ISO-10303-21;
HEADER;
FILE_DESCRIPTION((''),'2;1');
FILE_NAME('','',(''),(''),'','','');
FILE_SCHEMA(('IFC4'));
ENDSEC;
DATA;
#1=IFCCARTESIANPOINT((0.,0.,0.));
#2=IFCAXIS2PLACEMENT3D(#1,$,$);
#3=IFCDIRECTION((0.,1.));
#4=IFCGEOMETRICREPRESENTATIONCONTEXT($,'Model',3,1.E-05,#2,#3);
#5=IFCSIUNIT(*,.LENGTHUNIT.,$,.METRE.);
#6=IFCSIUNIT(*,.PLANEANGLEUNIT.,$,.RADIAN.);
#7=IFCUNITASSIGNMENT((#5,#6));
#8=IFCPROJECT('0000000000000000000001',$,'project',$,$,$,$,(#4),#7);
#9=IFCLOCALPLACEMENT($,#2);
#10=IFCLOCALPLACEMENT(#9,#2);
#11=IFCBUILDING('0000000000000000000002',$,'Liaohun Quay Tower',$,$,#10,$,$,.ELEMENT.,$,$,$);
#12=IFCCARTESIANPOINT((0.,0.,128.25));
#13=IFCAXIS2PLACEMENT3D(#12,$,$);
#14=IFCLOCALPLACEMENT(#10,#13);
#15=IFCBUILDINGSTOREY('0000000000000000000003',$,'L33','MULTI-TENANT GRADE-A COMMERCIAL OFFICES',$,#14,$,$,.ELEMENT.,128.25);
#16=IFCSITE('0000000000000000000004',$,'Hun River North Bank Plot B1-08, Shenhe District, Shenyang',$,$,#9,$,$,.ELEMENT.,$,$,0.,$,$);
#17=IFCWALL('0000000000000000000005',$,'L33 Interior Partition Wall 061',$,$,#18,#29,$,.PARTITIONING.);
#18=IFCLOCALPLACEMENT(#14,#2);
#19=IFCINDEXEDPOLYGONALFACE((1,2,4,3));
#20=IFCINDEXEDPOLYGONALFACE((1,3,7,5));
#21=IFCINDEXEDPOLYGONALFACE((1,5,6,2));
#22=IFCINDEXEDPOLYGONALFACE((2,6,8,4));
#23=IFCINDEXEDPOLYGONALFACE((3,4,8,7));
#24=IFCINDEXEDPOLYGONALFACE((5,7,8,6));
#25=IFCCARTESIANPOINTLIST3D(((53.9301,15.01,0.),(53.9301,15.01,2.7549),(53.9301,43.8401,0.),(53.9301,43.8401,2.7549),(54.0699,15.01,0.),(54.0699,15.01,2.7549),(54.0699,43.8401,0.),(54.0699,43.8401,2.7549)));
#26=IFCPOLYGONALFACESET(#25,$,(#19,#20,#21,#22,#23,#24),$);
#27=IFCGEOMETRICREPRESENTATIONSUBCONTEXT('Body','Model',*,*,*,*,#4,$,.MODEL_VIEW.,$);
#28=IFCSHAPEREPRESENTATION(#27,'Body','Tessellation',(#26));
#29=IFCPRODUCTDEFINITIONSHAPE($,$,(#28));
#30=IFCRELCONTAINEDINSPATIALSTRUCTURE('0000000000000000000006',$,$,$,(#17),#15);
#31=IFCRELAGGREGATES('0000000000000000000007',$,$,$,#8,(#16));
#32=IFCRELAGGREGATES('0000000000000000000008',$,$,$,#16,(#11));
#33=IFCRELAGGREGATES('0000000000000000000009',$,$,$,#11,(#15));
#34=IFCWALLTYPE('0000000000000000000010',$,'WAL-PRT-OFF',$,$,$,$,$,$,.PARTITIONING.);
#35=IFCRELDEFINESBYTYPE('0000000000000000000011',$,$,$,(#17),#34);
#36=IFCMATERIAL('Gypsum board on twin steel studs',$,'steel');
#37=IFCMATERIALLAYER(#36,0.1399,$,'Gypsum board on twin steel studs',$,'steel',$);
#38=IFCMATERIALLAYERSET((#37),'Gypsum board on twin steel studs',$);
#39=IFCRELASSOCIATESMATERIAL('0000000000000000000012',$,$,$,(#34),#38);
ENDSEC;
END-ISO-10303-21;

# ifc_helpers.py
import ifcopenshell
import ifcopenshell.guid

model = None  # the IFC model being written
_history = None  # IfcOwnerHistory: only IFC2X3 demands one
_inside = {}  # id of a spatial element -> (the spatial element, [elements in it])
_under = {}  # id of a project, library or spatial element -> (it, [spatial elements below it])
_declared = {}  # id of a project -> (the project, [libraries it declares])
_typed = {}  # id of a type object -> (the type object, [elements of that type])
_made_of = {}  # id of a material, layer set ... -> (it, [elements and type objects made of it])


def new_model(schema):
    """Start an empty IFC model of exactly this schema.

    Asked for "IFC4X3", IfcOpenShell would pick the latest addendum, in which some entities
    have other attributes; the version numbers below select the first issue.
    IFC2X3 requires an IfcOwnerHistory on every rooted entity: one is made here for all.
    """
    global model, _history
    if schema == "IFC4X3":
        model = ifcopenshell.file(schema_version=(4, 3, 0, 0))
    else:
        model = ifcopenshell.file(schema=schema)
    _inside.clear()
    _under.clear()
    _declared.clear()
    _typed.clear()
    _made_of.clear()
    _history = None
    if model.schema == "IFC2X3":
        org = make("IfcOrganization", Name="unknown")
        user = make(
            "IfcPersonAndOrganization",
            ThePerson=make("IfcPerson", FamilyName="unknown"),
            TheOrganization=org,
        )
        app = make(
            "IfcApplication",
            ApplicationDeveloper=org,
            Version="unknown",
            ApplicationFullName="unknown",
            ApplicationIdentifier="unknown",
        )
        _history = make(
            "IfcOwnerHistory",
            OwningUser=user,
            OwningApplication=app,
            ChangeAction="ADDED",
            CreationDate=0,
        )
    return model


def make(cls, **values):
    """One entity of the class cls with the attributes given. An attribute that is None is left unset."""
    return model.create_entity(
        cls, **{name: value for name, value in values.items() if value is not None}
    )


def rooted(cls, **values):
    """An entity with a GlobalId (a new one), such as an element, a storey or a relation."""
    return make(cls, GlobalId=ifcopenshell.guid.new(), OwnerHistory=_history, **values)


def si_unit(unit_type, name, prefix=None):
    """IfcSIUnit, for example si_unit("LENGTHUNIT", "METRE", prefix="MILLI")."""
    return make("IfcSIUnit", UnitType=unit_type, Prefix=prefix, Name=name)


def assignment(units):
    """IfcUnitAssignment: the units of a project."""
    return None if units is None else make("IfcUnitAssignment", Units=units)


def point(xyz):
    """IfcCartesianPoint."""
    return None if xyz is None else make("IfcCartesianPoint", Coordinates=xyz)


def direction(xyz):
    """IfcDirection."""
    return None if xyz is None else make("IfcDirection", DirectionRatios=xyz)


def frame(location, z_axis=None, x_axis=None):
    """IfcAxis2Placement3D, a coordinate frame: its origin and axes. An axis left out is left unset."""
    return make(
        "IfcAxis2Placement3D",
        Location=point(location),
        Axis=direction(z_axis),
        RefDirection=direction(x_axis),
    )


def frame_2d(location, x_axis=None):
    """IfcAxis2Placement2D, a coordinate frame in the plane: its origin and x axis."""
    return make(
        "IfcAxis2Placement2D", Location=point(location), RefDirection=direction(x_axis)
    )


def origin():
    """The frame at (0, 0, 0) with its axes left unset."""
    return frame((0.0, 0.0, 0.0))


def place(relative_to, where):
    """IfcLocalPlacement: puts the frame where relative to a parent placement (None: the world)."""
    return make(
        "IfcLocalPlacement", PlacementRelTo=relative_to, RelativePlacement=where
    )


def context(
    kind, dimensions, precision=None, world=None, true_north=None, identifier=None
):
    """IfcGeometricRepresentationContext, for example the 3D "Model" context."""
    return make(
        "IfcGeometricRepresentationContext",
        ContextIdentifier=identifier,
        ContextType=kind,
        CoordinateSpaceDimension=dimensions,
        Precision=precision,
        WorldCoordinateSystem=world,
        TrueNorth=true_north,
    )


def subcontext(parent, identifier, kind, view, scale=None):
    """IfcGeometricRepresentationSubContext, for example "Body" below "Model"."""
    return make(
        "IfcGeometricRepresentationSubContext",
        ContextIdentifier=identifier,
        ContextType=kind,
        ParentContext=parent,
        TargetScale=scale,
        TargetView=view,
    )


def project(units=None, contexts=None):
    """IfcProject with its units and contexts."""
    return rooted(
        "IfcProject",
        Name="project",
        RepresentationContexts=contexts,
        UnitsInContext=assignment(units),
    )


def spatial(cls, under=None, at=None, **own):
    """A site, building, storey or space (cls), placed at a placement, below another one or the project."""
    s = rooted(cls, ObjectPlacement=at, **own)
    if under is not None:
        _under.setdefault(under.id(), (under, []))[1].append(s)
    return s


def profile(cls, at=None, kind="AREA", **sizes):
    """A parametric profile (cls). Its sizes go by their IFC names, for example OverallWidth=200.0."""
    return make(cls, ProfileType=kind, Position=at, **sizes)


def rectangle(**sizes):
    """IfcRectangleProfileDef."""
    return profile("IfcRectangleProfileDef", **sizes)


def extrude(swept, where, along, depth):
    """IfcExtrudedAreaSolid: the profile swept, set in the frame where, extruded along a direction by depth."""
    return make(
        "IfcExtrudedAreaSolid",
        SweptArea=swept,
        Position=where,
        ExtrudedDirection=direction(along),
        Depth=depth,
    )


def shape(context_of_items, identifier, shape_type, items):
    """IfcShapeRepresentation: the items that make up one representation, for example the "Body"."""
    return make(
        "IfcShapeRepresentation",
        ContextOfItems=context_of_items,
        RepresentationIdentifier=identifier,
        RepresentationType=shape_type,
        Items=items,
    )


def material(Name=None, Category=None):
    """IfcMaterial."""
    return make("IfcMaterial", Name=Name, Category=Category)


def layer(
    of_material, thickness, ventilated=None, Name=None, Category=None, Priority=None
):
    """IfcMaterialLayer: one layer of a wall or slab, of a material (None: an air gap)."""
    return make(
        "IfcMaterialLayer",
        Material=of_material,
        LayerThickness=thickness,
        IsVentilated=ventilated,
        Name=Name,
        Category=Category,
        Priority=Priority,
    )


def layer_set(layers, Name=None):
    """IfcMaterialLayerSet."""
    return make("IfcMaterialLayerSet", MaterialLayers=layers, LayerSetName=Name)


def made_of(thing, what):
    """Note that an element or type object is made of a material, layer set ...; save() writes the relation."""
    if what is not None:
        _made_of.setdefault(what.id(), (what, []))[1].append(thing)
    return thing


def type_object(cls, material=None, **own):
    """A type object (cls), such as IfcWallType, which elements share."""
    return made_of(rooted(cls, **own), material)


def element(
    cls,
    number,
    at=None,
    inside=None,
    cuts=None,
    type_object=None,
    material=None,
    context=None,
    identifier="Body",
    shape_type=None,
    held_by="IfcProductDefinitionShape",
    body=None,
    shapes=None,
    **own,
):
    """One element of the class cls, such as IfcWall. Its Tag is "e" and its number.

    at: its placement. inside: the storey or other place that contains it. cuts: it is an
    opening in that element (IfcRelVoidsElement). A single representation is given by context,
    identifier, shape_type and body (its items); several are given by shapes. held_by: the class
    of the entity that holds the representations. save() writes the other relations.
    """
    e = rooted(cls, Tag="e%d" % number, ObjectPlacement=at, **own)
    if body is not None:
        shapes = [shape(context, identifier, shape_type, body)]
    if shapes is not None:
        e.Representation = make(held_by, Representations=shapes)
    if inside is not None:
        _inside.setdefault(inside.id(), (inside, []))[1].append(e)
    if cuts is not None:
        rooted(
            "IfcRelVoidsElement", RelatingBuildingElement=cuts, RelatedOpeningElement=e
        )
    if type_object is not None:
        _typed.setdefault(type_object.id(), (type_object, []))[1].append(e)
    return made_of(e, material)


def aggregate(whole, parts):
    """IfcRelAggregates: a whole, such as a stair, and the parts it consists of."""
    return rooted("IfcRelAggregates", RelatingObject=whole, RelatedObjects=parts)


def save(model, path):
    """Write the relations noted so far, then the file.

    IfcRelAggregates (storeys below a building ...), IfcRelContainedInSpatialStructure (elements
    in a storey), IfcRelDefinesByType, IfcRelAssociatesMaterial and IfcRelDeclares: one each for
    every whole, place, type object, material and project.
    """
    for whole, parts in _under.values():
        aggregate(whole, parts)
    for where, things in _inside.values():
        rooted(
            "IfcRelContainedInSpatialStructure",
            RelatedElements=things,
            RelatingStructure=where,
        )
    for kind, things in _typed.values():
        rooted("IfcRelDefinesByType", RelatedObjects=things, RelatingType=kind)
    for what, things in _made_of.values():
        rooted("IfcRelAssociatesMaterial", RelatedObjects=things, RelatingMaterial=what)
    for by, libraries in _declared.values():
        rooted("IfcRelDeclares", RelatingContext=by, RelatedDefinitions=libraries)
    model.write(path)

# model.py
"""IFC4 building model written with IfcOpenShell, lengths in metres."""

from ifc_helpers import new_model, si_unit, direction, frame, frame_2d, origin, place, context, subcontext, project, spatial, rectangle, extrude, material, layer, layer_set, type_object, element, save


model = new_model("IFC4")

# Units and contexts
model_context = context("Model", 3, precision=1e-05, world=origin(), true_north=direction((0.0, 1.0)))
body_context = subcontext(model_context, "Body", "Model", "MODEL_VIEW")
ifc_project = project(units=[si_unit("LENGTHUNIT", "METRE"), si_unit("PLANEANGLEUNIT", "RADIAN")], contexts=[model_context])

# Site, building, storey
site_placement = place(None, origin())
site = spatial("IfcSite", under=ifc_project, at=site_placement, Name="Hun River North Bank Plot B1-08, Shenhe District, Shenyang", CompositionType="ELEMENT", RefElevation=0.0)
building_placement = place(site_placement, origin())
building = spatial("IfcBuilding", under=site, at=building_placement, Name="Liaohun Quay Tower", CompositionType="ELEMENT")
storey_placement = place(building_placement, frame((0.0, 0.0, 128.25)))
storey = spatial("IfcBuildingStorey", under=building, at=storey_placement, Name="L33", Description="MULTI-TENANT GRADE-A COMMERCIAL OFFICES", CompositionType="ELEMENT", Elevation=128.25)

# Wall
ifc_material_1 = material(Name="Gypsum board on twin steel studs", Category="steel")
ifc_layer_1 = layer(ifc_material_1, 0.1399, Name="Gypsum board on twin steel studs", Category="steel")
ifc_layer_set_1 = layer_set([ifc_layer_1], Name="Gypsum board on twin steel studs")
wall_type_1 = type_object("IfcWallType", Name="WAL-PRT-OFF", PredefinedType="PARTITIONING", material=ifc_layer_set_1)
wall_1_placement = place(storey_placement, frame((54.0, 43.8401, 0.0), z_axis=(0.0, 0.0, 1.0), x_axis=(0.0, -1.0, 0.0)))
element("IfcWall", 1, at=wall_1_placement, inside=storey, type_object=wall_type_1, Name="L33 Interior Partition Wall 061", PredefinedType="PARTITIONING", context=body_context, shape_type="SweptSolid", body=[
    extrude(rectangle(XDim=28.8301, YDim=0.1399, at=frame_2d((14.415, 0.0))), origin(), (0.0, 0.0, 1.0), 2.7549),
])

save(model, "model.ifc")
